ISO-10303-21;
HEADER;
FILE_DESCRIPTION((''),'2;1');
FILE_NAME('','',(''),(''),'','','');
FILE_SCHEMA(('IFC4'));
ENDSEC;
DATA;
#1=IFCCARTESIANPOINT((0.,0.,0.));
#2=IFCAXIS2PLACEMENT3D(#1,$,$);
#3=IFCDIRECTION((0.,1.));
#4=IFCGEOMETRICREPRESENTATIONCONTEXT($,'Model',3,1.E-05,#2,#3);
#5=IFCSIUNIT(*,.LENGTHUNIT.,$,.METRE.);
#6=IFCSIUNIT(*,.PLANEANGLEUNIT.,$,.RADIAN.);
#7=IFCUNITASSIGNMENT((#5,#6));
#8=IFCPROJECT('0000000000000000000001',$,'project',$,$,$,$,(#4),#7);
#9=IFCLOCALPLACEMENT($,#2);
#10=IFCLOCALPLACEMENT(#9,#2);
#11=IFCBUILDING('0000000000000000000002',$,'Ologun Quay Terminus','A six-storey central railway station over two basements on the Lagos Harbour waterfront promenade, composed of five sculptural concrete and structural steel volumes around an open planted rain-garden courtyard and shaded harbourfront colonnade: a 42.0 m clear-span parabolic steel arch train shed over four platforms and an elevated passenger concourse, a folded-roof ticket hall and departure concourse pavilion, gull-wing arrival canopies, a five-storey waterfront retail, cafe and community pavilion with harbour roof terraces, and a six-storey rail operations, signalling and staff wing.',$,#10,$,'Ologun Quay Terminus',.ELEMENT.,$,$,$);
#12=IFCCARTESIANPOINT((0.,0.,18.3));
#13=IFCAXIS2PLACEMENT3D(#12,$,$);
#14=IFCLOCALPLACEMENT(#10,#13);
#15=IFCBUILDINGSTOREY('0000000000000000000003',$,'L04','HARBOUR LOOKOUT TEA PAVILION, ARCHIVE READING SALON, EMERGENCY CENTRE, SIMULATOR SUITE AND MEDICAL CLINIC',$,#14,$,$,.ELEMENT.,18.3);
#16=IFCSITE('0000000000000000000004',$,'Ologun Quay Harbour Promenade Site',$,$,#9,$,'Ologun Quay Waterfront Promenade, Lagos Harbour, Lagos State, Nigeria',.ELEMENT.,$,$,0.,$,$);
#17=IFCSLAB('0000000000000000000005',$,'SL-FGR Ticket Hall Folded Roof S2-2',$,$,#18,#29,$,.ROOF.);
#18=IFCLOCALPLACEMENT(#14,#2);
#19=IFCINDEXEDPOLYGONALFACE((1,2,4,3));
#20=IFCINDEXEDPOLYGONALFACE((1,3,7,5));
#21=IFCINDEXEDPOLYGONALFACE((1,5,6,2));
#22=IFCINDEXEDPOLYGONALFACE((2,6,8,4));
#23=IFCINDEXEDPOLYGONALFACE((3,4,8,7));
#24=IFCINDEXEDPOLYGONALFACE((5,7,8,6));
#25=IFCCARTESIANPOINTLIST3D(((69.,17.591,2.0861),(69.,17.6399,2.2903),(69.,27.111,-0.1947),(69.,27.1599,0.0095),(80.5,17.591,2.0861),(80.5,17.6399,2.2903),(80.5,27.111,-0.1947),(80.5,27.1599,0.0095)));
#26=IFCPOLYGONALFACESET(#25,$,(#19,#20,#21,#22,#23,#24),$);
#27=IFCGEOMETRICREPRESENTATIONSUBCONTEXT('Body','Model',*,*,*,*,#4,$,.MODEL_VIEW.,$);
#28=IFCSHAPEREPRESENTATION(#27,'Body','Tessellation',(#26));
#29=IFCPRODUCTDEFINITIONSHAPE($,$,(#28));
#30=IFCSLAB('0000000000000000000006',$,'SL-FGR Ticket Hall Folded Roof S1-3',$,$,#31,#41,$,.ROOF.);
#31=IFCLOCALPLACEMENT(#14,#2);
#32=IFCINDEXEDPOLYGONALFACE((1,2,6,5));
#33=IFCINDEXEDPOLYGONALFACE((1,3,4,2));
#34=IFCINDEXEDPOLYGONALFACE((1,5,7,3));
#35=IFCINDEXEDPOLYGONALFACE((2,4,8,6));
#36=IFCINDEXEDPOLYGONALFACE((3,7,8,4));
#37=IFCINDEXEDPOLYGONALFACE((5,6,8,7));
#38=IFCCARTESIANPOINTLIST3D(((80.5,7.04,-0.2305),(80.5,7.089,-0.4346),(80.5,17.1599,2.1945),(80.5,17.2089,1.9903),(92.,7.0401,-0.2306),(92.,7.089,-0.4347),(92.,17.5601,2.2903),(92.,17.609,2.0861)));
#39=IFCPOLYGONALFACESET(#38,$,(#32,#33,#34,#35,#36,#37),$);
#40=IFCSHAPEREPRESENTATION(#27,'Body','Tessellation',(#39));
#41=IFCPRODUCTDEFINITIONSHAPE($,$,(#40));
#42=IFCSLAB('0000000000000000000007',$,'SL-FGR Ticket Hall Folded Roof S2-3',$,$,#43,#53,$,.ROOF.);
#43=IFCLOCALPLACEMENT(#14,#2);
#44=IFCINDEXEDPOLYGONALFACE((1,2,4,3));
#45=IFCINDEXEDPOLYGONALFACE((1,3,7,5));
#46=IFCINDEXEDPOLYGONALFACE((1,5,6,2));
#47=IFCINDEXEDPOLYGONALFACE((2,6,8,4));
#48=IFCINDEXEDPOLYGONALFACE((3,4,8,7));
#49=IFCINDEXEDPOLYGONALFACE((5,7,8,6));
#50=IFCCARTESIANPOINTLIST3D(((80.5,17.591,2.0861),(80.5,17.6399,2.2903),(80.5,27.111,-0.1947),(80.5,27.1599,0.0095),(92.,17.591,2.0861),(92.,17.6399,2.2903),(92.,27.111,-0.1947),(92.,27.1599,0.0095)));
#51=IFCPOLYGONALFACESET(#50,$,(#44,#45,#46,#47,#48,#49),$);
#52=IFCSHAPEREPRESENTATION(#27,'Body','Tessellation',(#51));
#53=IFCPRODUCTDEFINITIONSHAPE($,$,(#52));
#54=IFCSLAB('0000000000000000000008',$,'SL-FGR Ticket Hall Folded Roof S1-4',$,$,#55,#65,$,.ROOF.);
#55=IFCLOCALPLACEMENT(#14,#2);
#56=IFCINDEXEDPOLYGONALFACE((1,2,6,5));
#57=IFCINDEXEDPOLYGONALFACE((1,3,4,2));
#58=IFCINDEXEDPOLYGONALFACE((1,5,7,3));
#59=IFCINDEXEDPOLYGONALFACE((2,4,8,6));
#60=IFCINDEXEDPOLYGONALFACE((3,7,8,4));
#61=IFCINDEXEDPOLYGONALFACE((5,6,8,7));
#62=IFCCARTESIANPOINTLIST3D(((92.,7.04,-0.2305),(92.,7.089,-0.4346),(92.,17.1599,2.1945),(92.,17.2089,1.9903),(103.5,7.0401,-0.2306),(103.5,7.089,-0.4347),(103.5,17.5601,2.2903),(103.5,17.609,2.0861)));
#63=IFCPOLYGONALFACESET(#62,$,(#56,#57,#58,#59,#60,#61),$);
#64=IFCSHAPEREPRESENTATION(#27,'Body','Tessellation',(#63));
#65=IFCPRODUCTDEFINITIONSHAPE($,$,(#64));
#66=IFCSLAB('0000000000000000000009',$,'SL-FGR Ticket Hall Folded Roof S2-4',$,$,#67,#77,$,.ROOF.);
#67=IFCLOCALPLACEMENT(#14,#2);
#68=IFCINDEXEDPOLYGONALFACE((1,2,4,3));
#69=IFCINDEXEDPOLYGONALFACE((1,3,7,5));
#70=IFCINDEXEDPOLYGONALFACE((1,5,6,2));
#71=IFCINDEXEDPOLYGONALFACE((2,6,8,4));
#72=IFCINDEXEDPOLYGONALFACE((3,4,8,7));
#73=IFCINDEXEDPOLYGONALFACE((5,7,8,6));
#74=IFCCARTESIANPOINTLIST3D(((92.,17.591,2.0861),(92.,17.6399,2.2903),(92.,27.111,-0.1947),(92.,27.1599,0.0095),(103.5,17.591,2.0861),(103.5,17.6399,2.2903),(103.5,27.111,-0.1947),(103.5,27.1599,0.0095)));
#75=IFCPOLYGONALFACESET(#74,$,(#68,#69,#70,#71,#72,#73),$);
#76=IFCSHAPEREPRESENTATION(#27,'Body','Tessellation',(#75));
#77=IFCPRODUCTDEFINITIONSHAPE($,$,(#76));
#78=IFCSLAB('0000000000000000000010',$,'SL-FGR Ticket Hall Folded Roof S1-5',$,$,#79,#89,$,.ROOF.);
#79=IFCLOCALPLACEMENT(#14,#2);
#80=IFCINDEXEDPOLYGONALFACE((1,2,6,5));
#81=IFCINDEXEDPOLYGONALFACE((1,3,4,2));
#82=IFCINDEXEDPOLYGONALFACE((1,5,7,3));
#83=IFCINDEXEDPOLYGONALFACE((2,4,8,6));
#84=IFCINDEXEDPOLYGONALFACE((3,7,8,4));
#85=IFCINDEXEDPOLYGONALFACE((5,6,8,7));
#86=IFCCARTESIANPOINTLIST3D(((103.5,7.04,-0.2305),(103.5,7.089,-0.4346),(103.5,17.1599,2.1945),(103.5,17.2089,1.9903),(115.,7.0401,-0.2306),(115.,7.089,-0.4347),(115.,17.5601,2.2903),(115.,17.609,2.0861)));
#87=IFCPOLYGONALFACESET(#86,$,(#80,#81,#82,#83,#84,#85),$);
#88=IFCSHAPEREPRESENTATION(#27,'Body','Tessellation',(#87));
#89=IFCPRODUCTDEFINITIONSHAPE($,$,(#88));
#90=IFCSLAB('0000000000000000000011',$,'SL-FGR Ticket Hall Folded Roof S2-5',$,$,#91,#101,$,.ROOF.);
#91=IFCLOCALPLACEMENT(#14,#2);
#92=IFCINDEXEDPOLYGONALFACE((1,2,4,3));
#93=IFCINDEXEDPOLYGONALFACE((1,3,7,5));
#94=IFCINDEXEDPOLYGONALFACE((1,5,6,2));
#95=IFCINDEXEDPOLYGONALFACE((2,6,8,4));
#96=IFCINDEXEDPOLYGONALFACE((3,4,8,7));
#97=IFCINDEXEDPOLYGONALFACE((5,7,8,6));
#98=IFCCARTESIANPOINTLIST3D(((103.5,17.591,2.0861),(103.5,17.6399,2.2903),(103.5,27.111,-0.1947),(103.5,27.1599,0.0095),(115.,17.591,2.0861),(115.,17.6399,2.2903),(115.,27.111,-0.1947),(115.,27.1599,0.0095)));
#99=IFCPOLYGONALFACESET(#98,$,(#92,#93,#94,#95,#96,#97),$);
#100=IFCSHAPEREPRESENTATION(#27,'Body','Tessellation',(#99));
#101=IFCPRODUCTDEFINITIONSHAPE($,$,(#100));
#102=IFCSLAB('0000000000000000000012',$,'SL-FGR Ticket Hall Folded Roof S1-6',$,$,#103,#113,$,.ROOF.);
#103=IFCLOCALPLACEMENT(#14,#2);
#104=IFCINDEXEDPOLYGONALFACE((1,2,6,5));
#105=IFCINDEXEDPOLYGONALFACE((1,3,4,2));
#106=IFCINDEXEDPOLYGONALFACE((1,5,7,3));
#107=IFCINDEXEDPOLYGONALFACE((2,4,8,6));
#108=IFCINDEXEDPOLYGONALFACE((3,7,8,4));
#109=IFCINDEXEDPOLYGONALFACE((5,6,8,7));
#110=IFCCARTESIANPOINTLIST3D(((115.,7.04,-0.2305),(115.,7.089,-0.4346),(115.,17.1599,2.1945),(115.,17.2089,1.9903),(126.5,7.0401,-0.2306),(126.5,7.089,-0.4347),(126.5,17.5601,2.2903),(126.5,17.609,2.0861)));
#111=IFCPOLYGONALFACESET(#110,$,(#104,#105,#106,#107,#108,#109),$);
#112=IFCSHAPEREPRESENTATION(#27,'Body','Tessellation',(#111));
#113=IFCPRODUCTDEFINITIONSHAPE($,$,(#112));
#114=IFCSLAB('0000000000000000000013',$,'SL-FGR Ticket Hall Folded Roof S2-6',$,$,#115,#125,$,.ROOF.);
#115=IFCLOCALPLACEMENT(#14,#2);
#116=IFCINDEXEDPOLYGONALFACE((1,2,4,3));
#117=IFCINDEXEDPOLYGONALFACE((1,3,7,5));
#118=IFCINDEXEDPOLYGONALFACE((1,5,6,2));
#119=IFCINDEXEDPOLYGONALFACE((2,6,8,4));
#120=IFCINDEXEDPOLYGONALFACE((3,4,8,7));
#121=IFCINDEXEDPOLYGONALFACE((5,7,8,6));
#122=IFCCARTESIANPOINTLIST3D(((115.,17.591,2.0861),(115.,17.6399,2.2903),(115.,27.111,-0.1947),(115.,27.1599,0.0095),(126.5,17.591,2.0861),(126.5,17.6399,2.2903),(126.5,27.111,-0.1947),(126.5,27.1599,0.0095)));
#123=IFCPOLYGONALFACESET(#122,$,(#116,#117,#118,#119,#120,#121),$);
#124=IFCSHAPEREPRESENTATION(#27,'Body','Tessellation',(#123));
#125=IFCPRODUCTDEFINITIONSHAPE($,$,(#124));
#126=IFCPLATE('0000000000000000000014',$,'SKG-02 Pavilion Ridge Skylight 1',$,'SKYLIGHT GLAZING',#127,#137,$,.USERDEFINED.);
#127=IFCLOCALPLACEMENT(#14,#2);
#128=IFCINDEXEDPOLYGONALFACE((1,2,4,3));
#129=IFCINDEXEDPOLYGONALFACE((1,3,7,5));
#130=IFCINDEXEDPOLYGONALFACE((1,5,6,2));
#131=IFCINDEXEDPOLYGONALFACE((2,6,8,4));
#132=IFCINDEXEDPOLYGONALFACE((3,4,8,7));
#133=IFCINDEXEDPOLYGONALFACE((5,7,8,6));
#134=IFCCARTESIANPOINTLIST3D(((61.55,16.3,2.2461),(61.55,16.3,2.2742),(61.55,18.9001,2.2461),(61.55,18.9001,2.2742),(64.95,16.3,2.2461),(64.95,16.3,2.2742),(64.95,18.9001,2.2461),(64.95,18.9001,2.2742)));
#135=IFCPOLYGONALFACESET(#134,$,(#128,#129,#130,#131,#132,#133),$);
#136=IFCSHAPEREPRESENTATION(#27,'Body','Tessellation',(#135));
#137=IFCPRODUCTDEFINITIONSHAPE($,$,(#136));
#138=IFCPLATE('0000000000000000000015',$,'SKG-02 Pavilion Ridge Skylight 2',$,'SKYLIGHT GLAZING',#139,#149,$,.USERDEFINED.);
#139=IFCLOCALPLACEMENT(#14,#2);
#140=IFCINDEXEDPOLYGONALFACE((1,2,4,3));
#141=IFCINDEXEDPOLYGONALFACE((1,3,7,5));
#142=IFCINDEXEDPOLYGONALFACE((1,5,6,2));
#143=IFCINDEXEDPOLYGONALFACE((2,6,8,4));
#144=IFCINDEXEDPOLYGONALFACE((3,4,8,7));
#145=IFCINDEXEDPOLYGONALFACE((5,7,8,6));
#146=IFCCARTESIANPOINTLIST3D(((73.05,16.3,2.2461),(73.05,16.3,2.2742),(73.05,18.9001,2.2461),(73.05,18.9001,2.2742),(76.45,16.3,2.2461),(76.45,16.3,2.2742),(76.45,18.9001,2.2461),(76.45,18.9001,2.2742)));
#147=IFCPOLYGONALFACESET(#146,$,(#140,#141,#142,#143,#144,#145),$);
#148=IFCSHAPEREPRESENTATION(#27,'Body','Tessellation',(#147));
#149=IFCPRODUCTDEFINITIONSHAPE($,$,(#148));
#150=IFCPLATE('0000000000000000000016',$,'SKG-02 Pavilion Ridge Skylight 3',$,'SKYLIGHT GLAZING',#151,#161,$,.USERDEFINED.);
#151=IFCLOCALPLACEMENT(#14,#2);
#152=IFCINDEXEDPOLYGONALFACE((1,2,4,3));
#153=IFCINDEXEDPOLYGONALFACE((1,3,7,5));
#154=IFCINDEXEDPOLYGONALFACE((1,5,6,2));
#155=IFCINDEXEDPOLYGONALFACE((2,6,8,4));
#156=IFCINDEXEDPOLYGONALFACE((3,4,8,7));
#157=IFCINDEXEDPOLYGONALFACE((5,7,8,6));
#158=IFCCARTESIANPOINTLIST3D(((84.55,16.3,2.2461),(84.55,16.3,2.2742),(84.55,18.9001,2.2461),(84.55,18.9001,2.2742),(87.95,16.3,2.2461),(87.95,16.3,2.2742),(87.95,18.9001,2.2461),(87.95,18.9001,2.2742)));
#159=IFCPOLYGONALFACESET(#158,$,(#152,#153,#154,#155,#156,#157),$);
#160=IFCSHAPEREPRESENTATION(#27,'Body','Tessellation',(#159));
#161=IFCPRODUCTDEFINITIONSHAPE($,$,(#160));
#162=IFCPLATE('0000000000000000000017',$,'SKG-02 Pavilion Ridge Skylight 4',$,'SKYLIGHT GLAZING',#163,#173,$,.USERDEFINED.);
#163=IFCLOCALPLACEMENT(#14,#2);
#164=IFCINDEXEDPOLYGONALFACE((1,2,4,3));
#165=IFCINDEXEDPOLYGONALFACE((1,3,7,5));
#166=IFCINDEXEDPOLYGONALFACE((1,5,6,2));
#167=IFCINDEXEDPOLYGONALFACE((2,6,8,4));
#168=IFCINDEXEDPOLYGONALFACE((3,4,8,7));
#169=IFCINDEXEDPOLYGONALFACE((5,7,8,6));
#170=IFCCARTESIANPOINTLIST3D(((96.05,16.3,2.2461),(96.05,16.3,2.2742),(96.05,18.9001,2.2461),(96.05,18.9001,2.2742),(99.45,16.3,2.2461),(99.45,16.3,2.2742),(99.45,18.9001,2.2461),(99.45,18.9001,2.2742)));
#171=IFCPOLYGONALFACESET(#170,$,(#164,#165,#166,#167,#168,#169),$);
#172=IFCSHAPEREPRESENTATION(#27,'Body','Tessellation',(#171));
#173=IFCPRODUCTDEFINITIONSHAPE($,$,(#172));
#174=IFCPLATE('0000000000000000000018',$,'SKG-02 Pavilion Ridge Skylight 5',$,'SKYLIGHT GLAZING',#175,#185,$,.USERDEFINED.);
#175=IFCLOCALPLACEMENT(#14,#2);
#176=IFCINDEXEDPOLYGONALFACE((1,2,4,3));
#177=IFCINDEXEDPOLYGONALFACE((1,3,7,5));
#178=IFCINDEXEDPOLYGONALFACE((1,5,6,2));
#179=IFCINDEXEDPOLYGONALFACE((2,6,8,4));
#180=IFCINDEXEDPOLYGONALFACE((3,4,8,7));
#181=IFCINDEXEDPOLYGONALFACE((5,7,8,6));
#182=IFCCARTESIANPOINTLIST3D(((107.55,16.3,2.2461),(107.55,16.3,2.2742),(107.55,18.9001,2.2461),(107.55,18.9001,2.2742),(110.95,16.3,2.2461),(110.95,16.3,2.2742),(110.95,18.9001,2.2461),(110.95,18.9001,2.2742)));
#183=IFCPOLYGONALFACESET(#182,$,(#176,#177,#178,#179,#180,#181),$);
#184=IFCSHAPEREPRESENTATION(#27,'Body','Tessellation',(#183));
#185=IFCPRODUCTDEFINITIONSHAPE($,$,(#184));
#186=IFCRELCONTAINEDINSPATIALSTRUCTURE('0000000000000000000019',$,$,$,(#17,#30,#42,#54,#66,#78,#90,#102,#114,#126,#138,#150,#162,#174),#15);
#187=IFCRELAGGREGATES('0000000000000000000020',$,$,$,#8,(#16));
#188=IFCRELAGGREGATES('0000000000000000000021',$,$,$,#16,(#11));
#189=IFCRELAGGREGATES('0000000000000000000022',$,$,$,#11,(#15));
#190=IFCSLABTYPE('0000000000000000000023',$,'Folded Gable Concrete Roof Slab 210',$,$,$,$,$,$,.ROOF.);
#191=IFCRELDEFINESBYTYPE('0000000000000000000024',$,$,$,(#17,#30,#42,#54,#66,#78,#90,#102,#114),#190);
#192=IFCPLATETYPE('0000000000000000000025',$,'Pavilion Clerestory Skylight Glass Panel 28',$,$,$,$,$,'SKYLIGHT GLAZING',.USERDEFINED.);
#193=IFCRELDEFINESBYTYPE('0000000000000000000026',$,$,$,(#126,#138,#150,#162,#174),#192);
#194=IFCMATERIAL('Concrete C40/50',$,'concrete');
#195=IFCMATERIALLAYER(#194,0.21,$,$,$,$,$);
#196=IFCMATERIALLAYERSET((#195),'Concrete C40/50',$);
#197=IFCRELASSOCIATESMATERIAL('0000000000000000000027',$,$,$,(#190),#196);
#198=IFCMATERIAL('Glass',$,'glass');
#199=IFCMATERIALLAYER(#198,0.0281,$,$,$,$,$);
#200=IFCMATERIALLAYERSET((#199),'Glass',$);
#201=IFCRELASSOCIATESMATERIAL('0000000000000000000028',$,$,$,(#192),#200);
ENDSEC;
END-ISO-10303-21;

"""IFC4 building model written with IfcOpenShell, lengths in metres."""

from ifc_helpers import new_model, si_unit, direction, frame, origin, origin_2d, place, context, subcontext, project, spatial, polyline, rectangle, outline, extrude, material, layer, layer_set, type_object, element, save


model = new_model("IFC4")

# Units and contexts
model_context = context("Model", 3, precision=1e-05, world=origin(), true_north=direction((0.0, 1.0)))
body_context = subcontext(model_context, "Body", "Model", "MODEL_VIEW")
ifc_project = project(units=[si_unit("LENGTHUNIT", "METRE"), si_unit("PLANEANGLEUNIT", "RADIAN")], contexts=[model_context])

# Site, building, storey
site_placement = place(None, origin())
site = spatial("IfcSite", under=ifc_project, at=site_placement, Name="Ologun Quay Harbour Promenade Site", LongName="Ologun Quay Waterfront Promenade, Lagos Harbour, Lagos State, Nigeria", CompositionType="ELEMENT", RefElevation=0.0)
building_placement = place(site_placement, origin())
building = spatial("IfcBuilding", under=site, at=building_placement, Name="Ologun Quay Terminus", Description="A six-storey central railway station over two basements on the Lagos Harbour waterfront promenade, composed of five sculptural concrete and structural steel volumes around an open planted rain-garden courtyard and shaded harbourfront colonnade: a 42.0 m clear-span parabolic steel arch train shed over four platforms and an elevated passenger concourse, a folded-roof ticket hall and departure concourse pavilion, gull-wing arrival canopies, a five-storey waterfront retail, cafe and community pavilion with harbour roof terraces, and a six-storey rail operations, signalling and staff wing.", LongName="Ologun Quay Terminus", CompositionType="ELEMENT")
storey_placement = place(building_placement, frame((0.0, 0.0, 18.3)))
storey = spatial("IfcBuildingStorey", under=building, at=storey_placement, Name="L04", Description="HARBOUR LOOKOUT TEA PAVILION, ARCHIVE READING SALON, EMERGENCY CENTRE, SIMULATOR SUITE AND MEDICAL CLINIC", CompositionType="ELEMENT", Elevation=18.3)

# Slabs
ifc_material_1 = material(Name="Concrete C40/50", Category="concrete")
ifc_layer_1 = layer(ifc_material_1, 0.21)
ifc_layer_set_1 = layer_set([ifc_layer_1], Name="Concrete C40/50")
slab_type = type_object("IfcSlabType", Name="Folded Gable Concrete Roof Slab 210", PredefinedType="ROOF", material=ifc_layer_set_1)
slab_1_placement = place(storey_placement, frame((69.0, 17.6399, 2.2903), z_axis=(0.0, 0.232982, 0.972481), x_axis=(1.0, 0.0, 0.0)))
element("IfcSlab", 1, at=slab_1_placement, inside=storey, type_object=slab_type, Name="SL-FGR Ticket Hall Folded Roof S2-2", PredefinedType="ROOF", context=body_context, shape_type="SweptSolid", body=[
    extrude(outline(polyline([(0.0, 0.0), (11.5, 0.0), (11.5, 9.7894), (0.0, 9.7894), (0.0, 0.0)])), origin(), (0.0, 0.0, -1.0), 0.21),
])
slab_2_placement = place(storey_placement, frame((80.5, 7.04, -0.2305), z_axis=(0.000008, -0.233027, 0.97247), x_axis=(1.0, 0.000002, -0.000007)))
element("IfcSlab", 2, at=slab_2_placement, inside=storey, type_object=slab_type, Name="SL-FGR Ticket Hall Folded Roof S1-3", PredefinedType="ROOF", context=body_context, shape_type="SweptSolid", body=[
    extrude(outline(polyline([(0.0, 0.0), (11.5, 0.0), (11.5, 10.8178), (0.0, 10.4064), (0.0, 0.0)])), origin(), (0.0, 0.0, -1.0), 0.21),
])
slab_3_placement = place(storey_placement, frame((80.5, 17.6399, 2.2903), z_axis=(0.0, 0.232982, 0.972481), x_axis=(1.0, 0.0, 0.0)))
element("IfcSlab", 3, at=slab_3_placement, inside=storey, type_object=slab_type, Name="SL-FGR Ticket Hall Folded Roof S2-3", PredefinedType="ROOF", context=body_context, shape_type="SweptSolid", body=[
    extrude(outline(polyline([(0.0, 0.0), (11.5, 0.0), (11.5, 9.7894), (0.0, 9.7894), (0.0, 0.0)])), origin(), (0.0, 0.0, -1.0), 0.21),
])
slab_4_placement = place(storey_placement, frame((92.0, 7.04, -0.2305), z_axis=(0.000008, -0.233027, 0.97247), x_axis=(1.0, 0.000002, -0.000007)))
element("IfcSlab", 4, at=slab_4_placement, inside=storey, type_object=slab_type, Name="SL-FGR Ticket Hall Folded Roof S1-4", PredefinedType="ROOF", context=body_context, shape_type="SweptSolid", body=[
    extrude(outline(polyline([(0.0, 0.0), (11.5, 0.0), (11.5, 10.8178), (0.0, 10.4064), (0.0, 0.0)])), origin(), (0.0, 0.0, -1.0), 0.21),
])
slab_5_placement = place(storey_placement, frame((92.0, 17.6399, 2.2903), z_axis=(0.0, 0.232982, 0.972481), x_axis=(1.0, 0.0, 0.0)))
element("IfcSlab", 5, at=slab_5_placement, inside=storey, type_object=slab_type, Name="SL-FGR Ticket Hall Folded Roof S2-4", PredefinedType="ROOF", context=body_context, shape_type="SweptSolid", body=[
    extrude(outline(polyline([(0.0, 0.0), (11.5, 0.0), (11.5, 9.7894), (0.0, 9.7894), (0.0, 0.0)])), origin(), (0.0, 0.0, -1.0), 0.21),
])
slab_6_placement = place(storey_placement, frame((103.5, 7.04, -0.2305), z_axis=(0.000008, -0.233027, 0.97247), x_axis=(1.0, 0.000002, -0.000007)))
element("IfcSlab", 6, at=slab_6_placement, inside=storey, type_object=slab_type, Name="SL-FGR Ticket Hall Folded Roof S1-5", PredefinedType="ROOF", context=body_context, shape_type="SweptSolid", body=[
    extrude(outline(polyline([(0.0, 0.0), (11.5, 0.0), (11.5, 10.8178), (0.0, 10.4064), (0.0, 0.0)])), origin(), (0.0, 0.0, -1.0), 0.21),
])
slab_7_placement = place(storey_placement, frame((103.5, 17.6399, 2.2903), z_axis=(0.0, 0.232982, 0.972481), x_axis=(1.0, 0.0, 0.0)))
element("IfcSlab", 7, at=slab_7_placement, inside=storey, type_object=slab_type, Name="SL-FGR Ticket Hall Folded Roof S2-5", PredefinedType="ROOF", context=body_context, shape_type="SweptSolid", body=[
    extrude(outline(polyline([(0.0, 0.0), (11.5, 0.0), (11.5, 9.7894), (0.0, 9.7894), (0.0, 0.0)])), origin(), (0.0, 0.0, -1.0), 0.21),
])
slab_8_placement = place(storey_placement, frame((115.0, 7.04, -0.2305), z_axis=(0.000008, -0.233027, 0.97247), x_axis=(1.0, 0.000002, -0.000007)))
element("IfcSlab", 8, at=slab_8_placement, inside=storey, type_object=slab_type, Name="SL-FGR Ticket Hall Folded Roof S1-6", PredefinedType="ROOF", context=body_context, shape_type="SweptSolid", body=[
    extrude(outline(polyline([(0.0, 0.0), (11.5, 0.0), (11.5, 10.8178), (0.0, 10.4064), (0.0, 0.0)])), origin(), (0.0, 0.0, -1.0), 0.21),
])
slab_9_placement = place(storey_placement, frame((115.0, 17.6399, 2.2903), z_axis=(0.0, 0.232982, 0.972481), x_axis=(1.0, 0.0, 0.0)))
element("IfcSlab", 9, at=slab_9_placement, inside=storey, type_object=slab_type, Name="SL-FGR Ticket Hall Folded Roof S2-6", PredefinedType="ROOF", context=body_context, shape_type="SweptSolid", body=[
    extrude(outline(polyline([(0.0, 0.0), (11.5, 0.0), (11.5, 9.7894), (0.0, 9.7894), (0.0, 0.0)])), origin(), (0.0, 0.0, -1.0), 0.21),
])

# Plates
ifc_material_2 = material(Name="Glass", Category="glass")
ifc_layer_2 = layer(ifc_material_2, 0.0281)
ifc_layer_set_2 = layer_set([ifc_layer_2], Name="Glass")
plate_type = type_object("IfcPlateType", Name="Pavilion Clerestory Skylight Glass Panel 28", ElementType="SKYLIGHT GLAZING", PredefinedType="USERDEFINED", material=ifc_layer_set_2)
for number, where, z_axis, x_axis, name in (
    (10, (63.25, 17.6001, 2.2461), (0.0, 0.0, 1.0), (1.0, 0.0, 0.0), "SKG-02 Pavilion Ridge Skylight 1"),
    (11, (74.75, 17.6001, 2.2461), (0.0, 0.0, 1.0), (1.0, 0.0, 0.0), "SKG-02 Pavilion Ridge Skylight 2"),
    (12, (86.25, 17.6001, 2.2461), (0.0, 0.0, 1.0), (1.0, 0.0, 0.0), "SKG-02 Pavilion Ridge Skylight 3"),
    (13, (97.75, 17.6001, 2.2461), (0.0, 0.0, 1.0), (1.0, 0.0, 0.0), "SKG-02 Pavilion Ridge Skylight 4"),
    (14, (109.25, 17.6001, 2.2461), (0.0, 0.0, 1.0), (1.0, 0.0, 0.0), "SKG-02 Pavilion Ridge Skylight 5"),
):
    element("IfcPlate", number, at=place(storey_placement, frame(where, z_axis=z_axis, x_axis=x_axis)), inside=storey, type_object=plate_type, Name=name, ObjectType="SKYLIGHT GLAZING", PredefinedType="USERDEFINED", context=body_context, shape_type="SweptSolid", body=[
        extrude(rectangle(XDim=3.3999, YDim=2.6001, at=origin_2d()), origin(), (0.0, 0.0, 1.0), 0.0281),
    ])

save(model, "model.ifc")
